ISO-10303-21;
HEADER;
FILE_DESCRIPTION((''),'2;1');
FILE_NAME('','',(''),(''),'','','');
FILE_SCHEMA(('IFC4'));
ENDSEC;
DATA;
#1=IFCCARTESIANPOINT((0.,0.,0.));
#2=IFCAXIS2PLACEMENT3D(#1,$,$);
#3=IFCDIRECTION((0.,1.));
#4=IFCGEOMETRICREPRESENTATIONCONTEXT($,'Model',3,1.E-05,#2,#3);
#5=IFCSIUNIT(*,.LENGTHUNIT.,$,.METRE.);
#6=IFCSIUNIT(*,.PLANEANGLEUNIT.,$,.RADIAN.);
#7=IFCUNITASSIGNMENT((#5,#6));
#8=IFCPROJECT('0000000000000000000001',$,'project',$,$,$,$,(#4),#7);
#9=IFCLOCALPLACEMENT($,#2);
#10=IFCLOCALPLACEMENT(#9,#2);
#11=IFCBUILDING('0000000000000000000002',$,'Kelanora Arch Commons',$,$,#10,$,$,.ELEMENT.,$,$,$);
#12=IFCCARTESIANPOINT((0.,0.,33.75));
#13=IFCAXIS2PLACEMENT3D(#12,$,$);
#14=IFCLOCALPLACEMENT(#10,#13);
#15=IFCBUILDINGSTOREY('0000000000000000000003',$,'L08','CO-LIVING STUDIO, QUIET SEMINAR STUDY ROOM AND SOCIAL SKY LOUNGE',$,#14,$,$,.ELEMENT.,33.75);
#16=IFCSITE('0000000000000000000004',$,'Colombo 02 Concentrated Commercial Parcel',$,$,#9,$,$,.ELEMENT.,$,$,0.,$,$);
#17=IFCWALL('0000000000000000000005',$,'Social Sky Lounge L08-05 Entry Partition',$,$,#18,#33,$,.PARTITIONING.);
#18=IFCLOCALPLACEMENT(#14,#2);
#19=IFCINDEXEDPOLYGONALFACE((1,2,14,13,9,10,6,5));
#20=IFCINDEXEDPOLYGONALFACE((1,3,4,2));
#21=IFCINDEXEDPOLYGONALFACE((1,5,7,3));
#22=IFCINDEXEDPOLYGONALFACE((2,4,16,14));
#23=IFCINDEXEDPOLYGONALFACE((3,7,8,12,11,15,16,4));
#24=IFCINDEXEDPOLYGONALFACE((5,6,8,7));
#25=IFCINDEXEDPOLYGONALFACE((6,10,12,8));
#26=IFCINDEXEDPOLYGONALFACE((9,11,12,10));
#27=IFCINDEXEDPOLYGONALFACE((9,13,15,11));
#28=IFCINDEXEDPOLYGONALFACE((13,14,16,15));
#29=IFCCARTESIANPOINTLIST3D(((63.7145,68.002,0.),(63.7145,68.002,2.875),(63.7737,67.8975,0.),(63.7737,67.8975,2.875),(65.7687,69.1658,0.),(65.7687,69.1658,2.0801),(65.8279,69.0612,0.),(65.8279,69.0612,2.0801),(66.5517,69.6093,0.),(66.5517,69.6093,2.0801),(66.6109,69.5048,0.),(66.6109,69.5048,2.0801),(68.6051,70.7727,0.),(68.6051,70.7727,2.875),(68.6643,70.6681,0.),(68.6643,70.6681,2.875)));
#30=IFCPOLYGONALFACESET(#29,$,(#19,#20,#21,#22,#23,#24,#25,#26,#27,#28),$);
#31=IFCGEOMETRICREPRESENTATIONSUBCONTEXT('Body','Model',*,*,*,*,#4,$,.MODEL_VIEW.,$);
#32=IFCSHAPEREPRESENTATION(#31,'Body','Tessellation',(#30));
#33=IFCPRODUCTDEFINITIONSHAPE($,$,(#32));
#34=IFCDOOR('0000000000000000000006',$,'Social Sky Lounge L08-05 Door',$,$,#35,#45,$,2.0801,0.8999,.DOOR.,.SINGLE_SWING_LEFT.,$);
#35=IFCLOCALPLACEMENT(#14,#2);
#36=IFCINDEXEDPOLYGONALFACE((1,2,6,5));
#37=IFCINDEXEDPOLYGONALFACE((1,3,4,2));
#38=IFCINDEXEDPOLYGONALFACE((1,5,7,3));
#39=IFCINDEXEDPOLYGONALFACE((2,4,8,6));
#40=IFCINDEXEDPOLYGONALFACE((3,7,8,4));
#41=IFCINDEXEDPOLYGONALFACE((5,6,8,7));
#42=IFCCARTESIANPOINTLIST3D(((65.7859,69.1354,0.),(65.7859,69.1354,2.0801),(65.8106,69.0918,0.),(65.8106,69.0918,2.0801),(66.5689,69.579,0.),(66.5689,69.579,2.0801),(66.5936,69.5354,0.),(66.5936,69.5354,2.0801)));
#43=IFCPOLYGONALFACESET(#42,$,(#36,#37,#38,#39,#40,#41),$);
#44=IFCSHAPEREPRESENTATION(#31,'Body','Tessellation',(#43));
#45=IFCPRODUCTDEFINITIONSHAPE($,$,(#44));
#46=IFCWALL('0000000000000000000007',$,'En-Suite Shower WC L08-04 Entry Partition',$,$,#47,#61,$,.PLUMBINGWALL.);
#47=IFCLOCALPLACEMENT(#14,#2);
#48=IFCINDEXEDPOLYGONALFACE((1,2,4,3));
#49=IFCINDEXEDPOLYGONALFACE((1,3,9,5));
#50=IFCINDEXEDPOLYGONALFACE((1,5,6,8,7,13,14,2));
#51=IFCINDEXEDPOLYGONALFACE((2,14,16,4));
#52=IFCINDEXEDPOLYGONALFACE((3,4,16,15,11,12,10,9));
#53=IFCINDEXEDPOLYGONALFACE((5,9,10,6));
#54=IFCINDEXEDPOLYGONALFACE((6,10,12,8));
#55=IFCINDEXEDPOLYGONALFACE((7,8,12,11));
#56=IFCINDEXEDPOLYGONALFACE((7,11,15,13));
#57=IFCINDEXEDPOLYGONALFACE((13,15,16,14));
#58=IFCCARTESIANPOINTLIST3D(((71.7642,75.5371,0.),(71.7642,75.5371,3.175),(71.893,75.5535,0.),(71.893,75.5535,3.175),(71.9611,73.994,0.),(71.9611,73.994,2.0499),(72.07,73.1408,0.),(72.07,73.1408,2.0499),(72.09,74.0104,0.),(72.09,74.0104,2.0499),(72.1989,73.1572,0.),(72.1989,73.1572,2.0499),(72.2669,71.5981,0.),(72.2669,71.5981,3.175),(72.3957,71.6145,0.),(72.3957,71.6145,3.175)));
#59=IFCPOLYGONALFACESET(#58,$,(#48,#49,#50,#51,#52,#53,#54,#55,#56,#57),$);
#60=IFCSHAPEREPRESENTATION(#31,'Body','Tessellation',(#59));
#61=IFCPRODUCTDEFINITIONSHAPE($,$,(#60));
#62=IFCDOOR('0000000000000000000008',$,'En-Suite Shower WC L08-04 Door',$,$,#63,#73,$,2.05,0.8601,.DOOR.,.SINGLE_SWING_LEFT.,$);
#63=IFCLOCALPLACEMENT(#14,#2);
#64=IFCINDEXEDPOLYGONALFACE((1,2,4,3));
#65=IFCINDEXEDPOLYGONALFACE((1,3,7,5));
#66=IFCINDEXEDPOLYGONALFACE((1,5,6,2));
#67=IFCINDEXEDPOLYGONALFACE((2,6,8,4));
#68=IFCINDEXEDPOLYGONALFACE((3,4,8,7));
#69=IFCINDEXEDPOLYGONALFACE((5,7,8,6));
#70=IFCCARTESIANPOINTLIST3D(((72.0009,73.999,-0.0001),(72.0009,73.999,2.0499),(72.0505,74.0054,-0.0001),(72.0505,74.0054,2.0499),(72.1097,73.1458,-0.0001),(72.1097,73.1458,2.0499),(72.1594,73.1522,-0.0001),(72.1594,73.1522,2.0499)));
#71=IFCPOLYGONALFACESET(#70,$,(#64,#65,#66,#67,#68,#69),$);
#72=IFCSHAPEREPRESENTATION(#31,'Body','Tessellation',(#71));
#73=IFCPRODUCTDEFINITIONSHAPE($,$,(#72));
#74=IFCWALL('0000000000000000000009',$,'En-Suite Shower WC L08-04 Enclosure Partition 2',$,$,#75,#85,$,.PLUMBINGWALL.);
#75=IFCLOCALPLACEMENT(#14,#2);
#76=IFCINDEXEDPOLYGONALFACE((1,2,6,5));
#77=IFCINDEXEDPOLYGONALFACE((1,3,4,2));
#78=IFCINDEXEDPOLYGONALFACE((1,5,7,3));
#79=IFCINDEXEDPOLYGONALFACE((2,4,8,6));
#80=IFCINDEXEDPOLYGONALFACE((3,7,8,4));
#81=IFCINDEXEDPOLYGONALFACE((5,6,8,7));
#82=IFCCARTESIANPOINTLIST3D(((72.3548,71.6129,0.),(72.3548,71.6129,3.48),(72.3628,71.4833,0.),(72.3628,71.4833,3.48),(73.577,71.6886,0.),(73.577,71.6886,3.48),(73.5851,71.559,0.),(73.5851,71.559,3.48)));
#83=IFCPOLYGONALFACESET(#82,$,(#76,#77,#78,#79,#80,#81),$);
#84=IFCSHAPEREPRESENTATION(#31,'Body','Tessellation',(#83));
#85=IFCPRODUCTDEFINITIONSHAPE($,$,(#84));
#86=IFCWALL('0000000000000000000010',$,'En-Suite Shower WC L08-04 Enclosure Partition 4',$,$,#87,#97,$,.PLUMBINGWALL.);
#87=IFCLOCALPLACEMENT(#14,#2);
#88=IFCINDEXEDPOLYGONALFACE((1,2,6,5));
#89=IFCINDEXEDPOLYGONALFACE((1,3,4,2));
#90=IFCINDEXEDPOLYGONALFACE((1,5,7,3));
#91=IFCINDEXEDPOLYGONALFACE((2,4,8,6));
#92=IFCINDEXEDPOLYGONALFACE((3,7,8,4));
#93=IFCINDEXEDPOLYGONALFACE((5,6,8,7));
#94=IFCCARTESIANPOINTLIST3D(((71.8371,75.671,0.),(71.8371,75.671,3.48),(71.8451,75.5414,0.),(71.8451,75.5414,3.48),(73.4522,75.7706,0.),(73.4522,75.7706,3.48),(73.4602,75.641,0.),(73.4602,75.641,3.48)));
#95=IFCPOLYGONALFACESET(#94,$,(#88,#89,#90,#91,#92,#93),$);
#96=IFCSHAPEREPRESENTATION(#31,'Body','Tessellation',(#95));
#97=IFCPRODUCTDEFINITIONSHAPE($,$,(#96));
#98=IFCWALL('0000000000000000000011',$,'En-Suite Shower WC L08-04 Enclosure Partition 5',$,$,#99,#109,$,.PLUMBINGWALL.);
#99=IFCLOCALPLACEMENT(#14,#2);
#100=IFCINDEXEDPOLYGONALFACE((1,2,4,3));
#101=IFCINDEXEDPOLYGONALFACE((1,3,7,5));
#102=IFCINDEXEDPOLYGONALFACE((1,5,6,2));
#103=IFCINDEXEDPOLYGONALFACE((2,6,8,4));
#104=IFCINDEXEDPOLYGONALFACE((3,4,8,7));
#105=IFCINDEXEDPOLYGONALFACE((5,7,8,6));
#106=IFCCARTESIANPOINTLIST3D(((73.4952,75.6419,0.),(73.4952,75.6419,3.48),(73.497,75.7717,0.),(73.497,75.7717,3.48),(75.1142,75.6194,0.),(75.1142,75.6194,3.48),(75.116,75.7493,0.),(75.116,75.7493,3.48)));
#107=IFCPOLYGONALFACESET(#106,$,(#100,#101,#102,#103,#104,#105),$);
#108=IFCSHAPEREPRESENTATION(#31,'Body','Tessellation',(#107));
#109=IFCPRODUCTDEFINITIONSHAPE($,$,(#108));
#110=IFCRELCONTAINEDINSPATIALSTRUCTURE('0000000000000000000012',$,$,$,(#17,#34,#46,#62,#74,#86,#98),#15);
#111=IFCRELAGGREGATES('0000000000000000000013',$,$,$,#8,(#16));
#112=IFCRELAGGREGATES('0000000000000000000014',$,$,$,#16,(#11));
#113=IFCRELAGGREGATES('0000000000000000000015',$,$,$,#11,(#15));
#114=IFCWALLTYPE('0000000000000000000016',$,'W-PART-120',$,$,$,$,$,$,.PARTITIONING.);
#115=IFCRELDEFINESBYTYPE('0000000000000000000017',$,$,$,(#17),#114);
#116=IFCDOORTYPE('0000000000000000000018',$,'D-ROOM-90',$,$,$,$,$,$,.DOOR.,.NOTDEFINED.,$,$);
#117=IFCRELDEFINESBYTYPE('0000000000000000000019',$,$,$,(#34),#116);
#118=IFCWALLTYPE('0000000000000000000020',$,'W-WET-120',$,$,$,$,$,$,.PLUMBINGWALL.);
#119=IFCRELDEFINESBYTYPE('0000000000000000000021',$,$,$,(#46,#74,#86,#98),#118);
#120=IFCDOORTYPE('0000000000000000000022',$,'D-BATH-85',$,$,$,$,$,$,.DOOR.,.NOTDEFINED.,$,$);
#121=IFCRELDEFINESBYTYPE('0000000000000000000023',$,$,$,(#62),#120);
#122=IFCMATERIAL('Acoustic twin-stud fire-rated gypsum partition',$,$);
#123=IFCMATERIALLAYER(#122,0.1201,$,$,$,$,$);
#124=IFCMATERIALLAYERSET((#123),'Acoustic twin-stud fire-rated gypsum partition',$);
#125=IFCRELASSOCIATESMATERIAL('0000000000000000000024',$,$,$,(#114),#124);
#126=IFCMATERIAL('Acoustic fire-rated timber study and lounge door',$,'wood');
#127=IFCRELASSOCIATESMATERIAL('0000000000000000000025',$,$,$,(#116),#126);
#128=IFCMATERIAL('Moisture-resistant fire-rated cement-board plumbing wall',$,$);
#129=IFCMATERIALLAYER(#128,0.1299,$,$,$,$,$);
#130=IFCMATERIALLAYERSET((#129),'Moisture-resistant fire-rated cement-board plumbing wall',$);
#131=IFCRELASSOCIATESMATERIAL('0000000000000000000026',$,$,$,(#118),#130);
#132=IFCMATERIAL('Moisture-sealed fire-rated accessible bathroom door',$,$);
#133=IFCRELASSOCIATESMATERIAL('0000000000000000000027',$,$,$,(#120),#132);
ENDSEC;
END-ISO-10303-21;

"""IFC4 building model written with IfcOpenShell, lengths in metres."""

from ifc_helpers import new_model, si_unit, direction, frame, frame_2d, origin, place, context, subcontext, project, spatial, rectangle, extrude, material, layer, layer_set, type_object, element, fill, save


model = new_model("IFC4")

# Units and contexts
model_context = context("Model", 3, precision=1e-05, world=origin(), true_north=direction((0.0, 1.0)))
body_context = subcontext(model_context, "Body", "Model", "MODEL_VIEW")
ifc_project = project(units=[si_unit("LENGTHUNIT", "METRE"), si_unit("PLANEANGLEUNIT", "RADIAN")], contexts=[model_context])

# Site, building, storey
site_placement = place(None, origin())
site = spatial("IfcSite", under=ifc_project, at=site_placement, Name="Colombo 02 Concentrated Commercial Parcel", CompositionType="ELEMENT", RefElevation=0.0)
building_placement = place(site_placement, origin())
building = spatial("IfcBuilding", under=site, at=building_placement, Name="Kelanora Arch Commons", CompositionType="ELEMENT")
storey_placement = place(building_placement, frame((0.0, 0.0, 33.75)))
storey = spatial("IfcBuildingStorey", under=building, at=storey_placement, Name="L08", Description="CO-LIVING STUDIO, QUIET SEMINAR STUDY ROOM AND SOCIAL SKY LOUNGE", CompositionType="ELEMENT", Elevation=33.75)

# Walls, openings, doors
ifc_material_1 = material(Name="Acoustic twin-stud fire-rated gypsum partition")
ifc_layer_1 = layer(ifc_material_1, 0.1201)
ifc_layer_set_1 = layer_set([ifc_layer_1], Name="Acoustic twin-stud fire-rated gypsum partition")
wall_type_1 = type_object("IfcWallType", Name="W-PART-120", PredefinedType="PARTITIONING", material=ifc_layer_set_1)
wall_1_placement = place(storey_placement, frame((68.6348, 70.7205, 0.0), z_axis=(0.0, 0.0, 1.0), x_axis=(-0.870068, -0.492931, 0.0)))
wall_1 = element("IfcWall", 1, at=wall_1_placement, inside=storey, type_object=wall_type_1, Name="Social Sky Lounge L08-05 Entry Partition", PredefinedType="PARTITIONING", context=body_context, shape_type="SweptSolid", body=[
    extrude(rectangle(XDim=5.6208, YDim=0.1201, at=frame_2d((2.8105, 0.0))), origin(), (0.0, 0.0, 1.0), 2.875),
])
opening_1_placement = place(wall_1_placement, frame((2.3601, 0.0, 0.0)))
opening_1 = element("IfcOpeningElement", 2, at=opening_1_placement, cuts=wall_1, PredefinedType="OPENING", context=body_context, shape_type="SweptSolid", body=[
    extrude(rectangle(XDim=0.8999, YDim=2.0801, at=frame_2d((0.45, 1.04))), frame((0.0, 0.0701, 0.0), z_axis=(0.0, -1.0, 0.0), x_axis=(1.0, 0.0, 0.0)), (0.0, 0.0, 1.0), 0.1401),
])
ifc_material_2 = material(Name="Acoustic fire-rated timber study and lounge door", Category="wood")
door_type_1 = type_object("IfcDoorType", Name="D-ROOM-90", OperationType="NOTDEFINED", PredefinedType="DOOR", material=ifc_material_2)
door_1_placement = place(opening_1_placement, origin())
door_1 = element("IfcDoor", 3, at=door_1_placement, inside=storey, type_object=door_type_1, Name="Social Sky Lounge L08-05 Door", OperationType="SINGLE_SWING_LEFT", OverallHeight=2.0801, OverallWidth=0.8999, PredefinedType="DOOR", context=body_context, shape_type="SweptSolid", body=[
    extrude(rectangle(XDim=0.8999, YDim=2.0801, at=frame_2d((0.45, 1.04))), frame((0.0, 0.0249, 0.0), z_axis=(0.0, -1.0, 0.0), x_axis=(1.0, 0.0, 0.0)), (0.0, 0.0, 1.0), 0.05),
])
fill(opening_1, door_1)
ifc_material_3 = material(Name="Moisture-resistant fire-rated cement-board plumbing wall")
ifc_layer_2 = layer(ifc_material_3, 0.1299)
ifc_layer_set_2 = layer_set([ifc_layer_2], Name="Moisture-resistant fire-rated cement-board plumbing wall")
wall_type_2 = type_object("IfcWallType", Name="W-WET-120", PredefinedType="PLUMBINGWALL", material=ifc_layer_set_2)
wall_2_placement = place(storey_placement, frame((72.3313, 71.6064, 0.0), z_axis=(0.0, 0.0, 1.0), x_axis=(-0.126592, 0.991955, 0.0)))
wall_2 = element("IfcWall", 4, at=wall_2_placement, inside=storey, type_object=wall_type_2, Name="En-Suite Shower WC L08-04 Entry Partition", PredefinedType="PLUMBINGWALL", context=body_context, shape_type="SweptSolid", body=[
    extrude(rectangle(XDim=3.9709, YDim=0.1299, at=frame_2d((1.9854, 0.0))), origin(), (0.0, 0.0, 1.0), 3.175),
])
opening_2_placement = place(wall_2_placement, frame((1.5549, 0.0, 0.0)))
opening_2 = element("IfcOpeningElement", 5, at=opening_2_placement, cuts=wall_2, PredefinedType="OPENING", context=body_context, shape_type="SweptSolid", body=[
    extrude(rectangle(XDim=0.8601, YDim=2.05, at=frame_2d((0.4302, 1.0249))), frame((0.0, 0.075, 0.0), z_axis=(0.0, -1.0, 0.0), x_axis=(1.0, 0.0, 0.0)), (0.0, 0.0, 1.0), 0.1499),
])
ifc_material_4 = material(Name="Moisture-sealed fire-rated accessible bathroom door")
door_type_2 = type_object("IfcDoorType", Name="D-BATH-85", OperationType="NOTDEFINED", PredefinedType="DOOR", material=ifc_material_4)
door_2_placement = place(opening_2_placement, origin())
door_2 = element("IfcDoor", 6, at=door_2_placement, inside=storey, type_object=door_type_2, Name="En-Suite Shower WC L08-04 Door", OperationType="SINGLE_SWING_LEFT", OverallHeight=2.05, OverallWidth=0.8601, PredefinedType="DOOR", context=body_context, shape_type="SweptSolid", body=[
    extrude(rectangle(XDim=0.8601, YDim=2.05, at=frame_2d((0.4302, 1.0249))), frame((0.0, 0.0249, 0.0), z_axis=(0.0, -1.0, 0.0), x_axis=(1.0, 0.0, 0.0)), (0.0, 0.0, 1.0), 0.05),
])
fill(opening_2, door_2)

# Walls
wall_3_placement = place(storey_placement, frame((73.5811, 71.6238, 0.0), z_axis=(0.0, 0.0, 1.0), x_axis=(-0.998088, -0.061807, 0.0)))
element("IfcWall", 7, at=wall_3_placement, inside=storey, type_object=wall_type_2, Name="En-Suite Shower WC L08-04 Enclosure Partition 2", PredefinedType="PLUMBINGWALL", context=body_context, shape_type="SweptSolid", body=[
    extrude(rectangle(XDim=1.2246, YDim=0.1299, at=frame_2d((0.6123, 0.0))), origin(), (0.0, 0.0, 1.0), 3.48),
])
wall_4_placement = place(storey_placement, frame((71.8411, 75.6062, 0.0), z_axis=(0.0, 0.0, 1.0), x_axis=(0.998103, 0.061561, 0.0)))
element("IfcWall", 8, at=wall_4_placement, inside=storey, type_object=wall_type_2, Name="En-Suite Shower WC L08-04 Enclosure Partition 4", PredefinedType="PLUMBINGWALL", context=body_context, shape_type="SweptSolid", body=[
    extrude(rectangle(XDim=1.6182, YDim=0.1299, at=frame_2d((0.8091, 0.0))), origin(), (0.0, 0.0, 1.0), 3.48),
])
wall_5_placement = place(storey_placement, frame((73.4961, 75.7068, 0.0), z_axis=(0.0, 0.0, 1.0), x_axis=(0.999904, -0.013873, 0.0)))
element("IfcWall", 9, at=wall_5_placement, inside=storey, type_object=wall_type_2, Name="En-Suite Shower WC L08-04 Enclosure Partition 5", PredefinedType="PLUMBINGWALL", context=body_context, shape_type="SweptSolid", body=[
    extrude(rectangle(XDim=1.6191, YDim=0.1299, at=frame_2d((0.8096, 0.0))), origin(), (0.0, 0.0, 1.0), 3.48),
])

save(model, "model.ifc")
